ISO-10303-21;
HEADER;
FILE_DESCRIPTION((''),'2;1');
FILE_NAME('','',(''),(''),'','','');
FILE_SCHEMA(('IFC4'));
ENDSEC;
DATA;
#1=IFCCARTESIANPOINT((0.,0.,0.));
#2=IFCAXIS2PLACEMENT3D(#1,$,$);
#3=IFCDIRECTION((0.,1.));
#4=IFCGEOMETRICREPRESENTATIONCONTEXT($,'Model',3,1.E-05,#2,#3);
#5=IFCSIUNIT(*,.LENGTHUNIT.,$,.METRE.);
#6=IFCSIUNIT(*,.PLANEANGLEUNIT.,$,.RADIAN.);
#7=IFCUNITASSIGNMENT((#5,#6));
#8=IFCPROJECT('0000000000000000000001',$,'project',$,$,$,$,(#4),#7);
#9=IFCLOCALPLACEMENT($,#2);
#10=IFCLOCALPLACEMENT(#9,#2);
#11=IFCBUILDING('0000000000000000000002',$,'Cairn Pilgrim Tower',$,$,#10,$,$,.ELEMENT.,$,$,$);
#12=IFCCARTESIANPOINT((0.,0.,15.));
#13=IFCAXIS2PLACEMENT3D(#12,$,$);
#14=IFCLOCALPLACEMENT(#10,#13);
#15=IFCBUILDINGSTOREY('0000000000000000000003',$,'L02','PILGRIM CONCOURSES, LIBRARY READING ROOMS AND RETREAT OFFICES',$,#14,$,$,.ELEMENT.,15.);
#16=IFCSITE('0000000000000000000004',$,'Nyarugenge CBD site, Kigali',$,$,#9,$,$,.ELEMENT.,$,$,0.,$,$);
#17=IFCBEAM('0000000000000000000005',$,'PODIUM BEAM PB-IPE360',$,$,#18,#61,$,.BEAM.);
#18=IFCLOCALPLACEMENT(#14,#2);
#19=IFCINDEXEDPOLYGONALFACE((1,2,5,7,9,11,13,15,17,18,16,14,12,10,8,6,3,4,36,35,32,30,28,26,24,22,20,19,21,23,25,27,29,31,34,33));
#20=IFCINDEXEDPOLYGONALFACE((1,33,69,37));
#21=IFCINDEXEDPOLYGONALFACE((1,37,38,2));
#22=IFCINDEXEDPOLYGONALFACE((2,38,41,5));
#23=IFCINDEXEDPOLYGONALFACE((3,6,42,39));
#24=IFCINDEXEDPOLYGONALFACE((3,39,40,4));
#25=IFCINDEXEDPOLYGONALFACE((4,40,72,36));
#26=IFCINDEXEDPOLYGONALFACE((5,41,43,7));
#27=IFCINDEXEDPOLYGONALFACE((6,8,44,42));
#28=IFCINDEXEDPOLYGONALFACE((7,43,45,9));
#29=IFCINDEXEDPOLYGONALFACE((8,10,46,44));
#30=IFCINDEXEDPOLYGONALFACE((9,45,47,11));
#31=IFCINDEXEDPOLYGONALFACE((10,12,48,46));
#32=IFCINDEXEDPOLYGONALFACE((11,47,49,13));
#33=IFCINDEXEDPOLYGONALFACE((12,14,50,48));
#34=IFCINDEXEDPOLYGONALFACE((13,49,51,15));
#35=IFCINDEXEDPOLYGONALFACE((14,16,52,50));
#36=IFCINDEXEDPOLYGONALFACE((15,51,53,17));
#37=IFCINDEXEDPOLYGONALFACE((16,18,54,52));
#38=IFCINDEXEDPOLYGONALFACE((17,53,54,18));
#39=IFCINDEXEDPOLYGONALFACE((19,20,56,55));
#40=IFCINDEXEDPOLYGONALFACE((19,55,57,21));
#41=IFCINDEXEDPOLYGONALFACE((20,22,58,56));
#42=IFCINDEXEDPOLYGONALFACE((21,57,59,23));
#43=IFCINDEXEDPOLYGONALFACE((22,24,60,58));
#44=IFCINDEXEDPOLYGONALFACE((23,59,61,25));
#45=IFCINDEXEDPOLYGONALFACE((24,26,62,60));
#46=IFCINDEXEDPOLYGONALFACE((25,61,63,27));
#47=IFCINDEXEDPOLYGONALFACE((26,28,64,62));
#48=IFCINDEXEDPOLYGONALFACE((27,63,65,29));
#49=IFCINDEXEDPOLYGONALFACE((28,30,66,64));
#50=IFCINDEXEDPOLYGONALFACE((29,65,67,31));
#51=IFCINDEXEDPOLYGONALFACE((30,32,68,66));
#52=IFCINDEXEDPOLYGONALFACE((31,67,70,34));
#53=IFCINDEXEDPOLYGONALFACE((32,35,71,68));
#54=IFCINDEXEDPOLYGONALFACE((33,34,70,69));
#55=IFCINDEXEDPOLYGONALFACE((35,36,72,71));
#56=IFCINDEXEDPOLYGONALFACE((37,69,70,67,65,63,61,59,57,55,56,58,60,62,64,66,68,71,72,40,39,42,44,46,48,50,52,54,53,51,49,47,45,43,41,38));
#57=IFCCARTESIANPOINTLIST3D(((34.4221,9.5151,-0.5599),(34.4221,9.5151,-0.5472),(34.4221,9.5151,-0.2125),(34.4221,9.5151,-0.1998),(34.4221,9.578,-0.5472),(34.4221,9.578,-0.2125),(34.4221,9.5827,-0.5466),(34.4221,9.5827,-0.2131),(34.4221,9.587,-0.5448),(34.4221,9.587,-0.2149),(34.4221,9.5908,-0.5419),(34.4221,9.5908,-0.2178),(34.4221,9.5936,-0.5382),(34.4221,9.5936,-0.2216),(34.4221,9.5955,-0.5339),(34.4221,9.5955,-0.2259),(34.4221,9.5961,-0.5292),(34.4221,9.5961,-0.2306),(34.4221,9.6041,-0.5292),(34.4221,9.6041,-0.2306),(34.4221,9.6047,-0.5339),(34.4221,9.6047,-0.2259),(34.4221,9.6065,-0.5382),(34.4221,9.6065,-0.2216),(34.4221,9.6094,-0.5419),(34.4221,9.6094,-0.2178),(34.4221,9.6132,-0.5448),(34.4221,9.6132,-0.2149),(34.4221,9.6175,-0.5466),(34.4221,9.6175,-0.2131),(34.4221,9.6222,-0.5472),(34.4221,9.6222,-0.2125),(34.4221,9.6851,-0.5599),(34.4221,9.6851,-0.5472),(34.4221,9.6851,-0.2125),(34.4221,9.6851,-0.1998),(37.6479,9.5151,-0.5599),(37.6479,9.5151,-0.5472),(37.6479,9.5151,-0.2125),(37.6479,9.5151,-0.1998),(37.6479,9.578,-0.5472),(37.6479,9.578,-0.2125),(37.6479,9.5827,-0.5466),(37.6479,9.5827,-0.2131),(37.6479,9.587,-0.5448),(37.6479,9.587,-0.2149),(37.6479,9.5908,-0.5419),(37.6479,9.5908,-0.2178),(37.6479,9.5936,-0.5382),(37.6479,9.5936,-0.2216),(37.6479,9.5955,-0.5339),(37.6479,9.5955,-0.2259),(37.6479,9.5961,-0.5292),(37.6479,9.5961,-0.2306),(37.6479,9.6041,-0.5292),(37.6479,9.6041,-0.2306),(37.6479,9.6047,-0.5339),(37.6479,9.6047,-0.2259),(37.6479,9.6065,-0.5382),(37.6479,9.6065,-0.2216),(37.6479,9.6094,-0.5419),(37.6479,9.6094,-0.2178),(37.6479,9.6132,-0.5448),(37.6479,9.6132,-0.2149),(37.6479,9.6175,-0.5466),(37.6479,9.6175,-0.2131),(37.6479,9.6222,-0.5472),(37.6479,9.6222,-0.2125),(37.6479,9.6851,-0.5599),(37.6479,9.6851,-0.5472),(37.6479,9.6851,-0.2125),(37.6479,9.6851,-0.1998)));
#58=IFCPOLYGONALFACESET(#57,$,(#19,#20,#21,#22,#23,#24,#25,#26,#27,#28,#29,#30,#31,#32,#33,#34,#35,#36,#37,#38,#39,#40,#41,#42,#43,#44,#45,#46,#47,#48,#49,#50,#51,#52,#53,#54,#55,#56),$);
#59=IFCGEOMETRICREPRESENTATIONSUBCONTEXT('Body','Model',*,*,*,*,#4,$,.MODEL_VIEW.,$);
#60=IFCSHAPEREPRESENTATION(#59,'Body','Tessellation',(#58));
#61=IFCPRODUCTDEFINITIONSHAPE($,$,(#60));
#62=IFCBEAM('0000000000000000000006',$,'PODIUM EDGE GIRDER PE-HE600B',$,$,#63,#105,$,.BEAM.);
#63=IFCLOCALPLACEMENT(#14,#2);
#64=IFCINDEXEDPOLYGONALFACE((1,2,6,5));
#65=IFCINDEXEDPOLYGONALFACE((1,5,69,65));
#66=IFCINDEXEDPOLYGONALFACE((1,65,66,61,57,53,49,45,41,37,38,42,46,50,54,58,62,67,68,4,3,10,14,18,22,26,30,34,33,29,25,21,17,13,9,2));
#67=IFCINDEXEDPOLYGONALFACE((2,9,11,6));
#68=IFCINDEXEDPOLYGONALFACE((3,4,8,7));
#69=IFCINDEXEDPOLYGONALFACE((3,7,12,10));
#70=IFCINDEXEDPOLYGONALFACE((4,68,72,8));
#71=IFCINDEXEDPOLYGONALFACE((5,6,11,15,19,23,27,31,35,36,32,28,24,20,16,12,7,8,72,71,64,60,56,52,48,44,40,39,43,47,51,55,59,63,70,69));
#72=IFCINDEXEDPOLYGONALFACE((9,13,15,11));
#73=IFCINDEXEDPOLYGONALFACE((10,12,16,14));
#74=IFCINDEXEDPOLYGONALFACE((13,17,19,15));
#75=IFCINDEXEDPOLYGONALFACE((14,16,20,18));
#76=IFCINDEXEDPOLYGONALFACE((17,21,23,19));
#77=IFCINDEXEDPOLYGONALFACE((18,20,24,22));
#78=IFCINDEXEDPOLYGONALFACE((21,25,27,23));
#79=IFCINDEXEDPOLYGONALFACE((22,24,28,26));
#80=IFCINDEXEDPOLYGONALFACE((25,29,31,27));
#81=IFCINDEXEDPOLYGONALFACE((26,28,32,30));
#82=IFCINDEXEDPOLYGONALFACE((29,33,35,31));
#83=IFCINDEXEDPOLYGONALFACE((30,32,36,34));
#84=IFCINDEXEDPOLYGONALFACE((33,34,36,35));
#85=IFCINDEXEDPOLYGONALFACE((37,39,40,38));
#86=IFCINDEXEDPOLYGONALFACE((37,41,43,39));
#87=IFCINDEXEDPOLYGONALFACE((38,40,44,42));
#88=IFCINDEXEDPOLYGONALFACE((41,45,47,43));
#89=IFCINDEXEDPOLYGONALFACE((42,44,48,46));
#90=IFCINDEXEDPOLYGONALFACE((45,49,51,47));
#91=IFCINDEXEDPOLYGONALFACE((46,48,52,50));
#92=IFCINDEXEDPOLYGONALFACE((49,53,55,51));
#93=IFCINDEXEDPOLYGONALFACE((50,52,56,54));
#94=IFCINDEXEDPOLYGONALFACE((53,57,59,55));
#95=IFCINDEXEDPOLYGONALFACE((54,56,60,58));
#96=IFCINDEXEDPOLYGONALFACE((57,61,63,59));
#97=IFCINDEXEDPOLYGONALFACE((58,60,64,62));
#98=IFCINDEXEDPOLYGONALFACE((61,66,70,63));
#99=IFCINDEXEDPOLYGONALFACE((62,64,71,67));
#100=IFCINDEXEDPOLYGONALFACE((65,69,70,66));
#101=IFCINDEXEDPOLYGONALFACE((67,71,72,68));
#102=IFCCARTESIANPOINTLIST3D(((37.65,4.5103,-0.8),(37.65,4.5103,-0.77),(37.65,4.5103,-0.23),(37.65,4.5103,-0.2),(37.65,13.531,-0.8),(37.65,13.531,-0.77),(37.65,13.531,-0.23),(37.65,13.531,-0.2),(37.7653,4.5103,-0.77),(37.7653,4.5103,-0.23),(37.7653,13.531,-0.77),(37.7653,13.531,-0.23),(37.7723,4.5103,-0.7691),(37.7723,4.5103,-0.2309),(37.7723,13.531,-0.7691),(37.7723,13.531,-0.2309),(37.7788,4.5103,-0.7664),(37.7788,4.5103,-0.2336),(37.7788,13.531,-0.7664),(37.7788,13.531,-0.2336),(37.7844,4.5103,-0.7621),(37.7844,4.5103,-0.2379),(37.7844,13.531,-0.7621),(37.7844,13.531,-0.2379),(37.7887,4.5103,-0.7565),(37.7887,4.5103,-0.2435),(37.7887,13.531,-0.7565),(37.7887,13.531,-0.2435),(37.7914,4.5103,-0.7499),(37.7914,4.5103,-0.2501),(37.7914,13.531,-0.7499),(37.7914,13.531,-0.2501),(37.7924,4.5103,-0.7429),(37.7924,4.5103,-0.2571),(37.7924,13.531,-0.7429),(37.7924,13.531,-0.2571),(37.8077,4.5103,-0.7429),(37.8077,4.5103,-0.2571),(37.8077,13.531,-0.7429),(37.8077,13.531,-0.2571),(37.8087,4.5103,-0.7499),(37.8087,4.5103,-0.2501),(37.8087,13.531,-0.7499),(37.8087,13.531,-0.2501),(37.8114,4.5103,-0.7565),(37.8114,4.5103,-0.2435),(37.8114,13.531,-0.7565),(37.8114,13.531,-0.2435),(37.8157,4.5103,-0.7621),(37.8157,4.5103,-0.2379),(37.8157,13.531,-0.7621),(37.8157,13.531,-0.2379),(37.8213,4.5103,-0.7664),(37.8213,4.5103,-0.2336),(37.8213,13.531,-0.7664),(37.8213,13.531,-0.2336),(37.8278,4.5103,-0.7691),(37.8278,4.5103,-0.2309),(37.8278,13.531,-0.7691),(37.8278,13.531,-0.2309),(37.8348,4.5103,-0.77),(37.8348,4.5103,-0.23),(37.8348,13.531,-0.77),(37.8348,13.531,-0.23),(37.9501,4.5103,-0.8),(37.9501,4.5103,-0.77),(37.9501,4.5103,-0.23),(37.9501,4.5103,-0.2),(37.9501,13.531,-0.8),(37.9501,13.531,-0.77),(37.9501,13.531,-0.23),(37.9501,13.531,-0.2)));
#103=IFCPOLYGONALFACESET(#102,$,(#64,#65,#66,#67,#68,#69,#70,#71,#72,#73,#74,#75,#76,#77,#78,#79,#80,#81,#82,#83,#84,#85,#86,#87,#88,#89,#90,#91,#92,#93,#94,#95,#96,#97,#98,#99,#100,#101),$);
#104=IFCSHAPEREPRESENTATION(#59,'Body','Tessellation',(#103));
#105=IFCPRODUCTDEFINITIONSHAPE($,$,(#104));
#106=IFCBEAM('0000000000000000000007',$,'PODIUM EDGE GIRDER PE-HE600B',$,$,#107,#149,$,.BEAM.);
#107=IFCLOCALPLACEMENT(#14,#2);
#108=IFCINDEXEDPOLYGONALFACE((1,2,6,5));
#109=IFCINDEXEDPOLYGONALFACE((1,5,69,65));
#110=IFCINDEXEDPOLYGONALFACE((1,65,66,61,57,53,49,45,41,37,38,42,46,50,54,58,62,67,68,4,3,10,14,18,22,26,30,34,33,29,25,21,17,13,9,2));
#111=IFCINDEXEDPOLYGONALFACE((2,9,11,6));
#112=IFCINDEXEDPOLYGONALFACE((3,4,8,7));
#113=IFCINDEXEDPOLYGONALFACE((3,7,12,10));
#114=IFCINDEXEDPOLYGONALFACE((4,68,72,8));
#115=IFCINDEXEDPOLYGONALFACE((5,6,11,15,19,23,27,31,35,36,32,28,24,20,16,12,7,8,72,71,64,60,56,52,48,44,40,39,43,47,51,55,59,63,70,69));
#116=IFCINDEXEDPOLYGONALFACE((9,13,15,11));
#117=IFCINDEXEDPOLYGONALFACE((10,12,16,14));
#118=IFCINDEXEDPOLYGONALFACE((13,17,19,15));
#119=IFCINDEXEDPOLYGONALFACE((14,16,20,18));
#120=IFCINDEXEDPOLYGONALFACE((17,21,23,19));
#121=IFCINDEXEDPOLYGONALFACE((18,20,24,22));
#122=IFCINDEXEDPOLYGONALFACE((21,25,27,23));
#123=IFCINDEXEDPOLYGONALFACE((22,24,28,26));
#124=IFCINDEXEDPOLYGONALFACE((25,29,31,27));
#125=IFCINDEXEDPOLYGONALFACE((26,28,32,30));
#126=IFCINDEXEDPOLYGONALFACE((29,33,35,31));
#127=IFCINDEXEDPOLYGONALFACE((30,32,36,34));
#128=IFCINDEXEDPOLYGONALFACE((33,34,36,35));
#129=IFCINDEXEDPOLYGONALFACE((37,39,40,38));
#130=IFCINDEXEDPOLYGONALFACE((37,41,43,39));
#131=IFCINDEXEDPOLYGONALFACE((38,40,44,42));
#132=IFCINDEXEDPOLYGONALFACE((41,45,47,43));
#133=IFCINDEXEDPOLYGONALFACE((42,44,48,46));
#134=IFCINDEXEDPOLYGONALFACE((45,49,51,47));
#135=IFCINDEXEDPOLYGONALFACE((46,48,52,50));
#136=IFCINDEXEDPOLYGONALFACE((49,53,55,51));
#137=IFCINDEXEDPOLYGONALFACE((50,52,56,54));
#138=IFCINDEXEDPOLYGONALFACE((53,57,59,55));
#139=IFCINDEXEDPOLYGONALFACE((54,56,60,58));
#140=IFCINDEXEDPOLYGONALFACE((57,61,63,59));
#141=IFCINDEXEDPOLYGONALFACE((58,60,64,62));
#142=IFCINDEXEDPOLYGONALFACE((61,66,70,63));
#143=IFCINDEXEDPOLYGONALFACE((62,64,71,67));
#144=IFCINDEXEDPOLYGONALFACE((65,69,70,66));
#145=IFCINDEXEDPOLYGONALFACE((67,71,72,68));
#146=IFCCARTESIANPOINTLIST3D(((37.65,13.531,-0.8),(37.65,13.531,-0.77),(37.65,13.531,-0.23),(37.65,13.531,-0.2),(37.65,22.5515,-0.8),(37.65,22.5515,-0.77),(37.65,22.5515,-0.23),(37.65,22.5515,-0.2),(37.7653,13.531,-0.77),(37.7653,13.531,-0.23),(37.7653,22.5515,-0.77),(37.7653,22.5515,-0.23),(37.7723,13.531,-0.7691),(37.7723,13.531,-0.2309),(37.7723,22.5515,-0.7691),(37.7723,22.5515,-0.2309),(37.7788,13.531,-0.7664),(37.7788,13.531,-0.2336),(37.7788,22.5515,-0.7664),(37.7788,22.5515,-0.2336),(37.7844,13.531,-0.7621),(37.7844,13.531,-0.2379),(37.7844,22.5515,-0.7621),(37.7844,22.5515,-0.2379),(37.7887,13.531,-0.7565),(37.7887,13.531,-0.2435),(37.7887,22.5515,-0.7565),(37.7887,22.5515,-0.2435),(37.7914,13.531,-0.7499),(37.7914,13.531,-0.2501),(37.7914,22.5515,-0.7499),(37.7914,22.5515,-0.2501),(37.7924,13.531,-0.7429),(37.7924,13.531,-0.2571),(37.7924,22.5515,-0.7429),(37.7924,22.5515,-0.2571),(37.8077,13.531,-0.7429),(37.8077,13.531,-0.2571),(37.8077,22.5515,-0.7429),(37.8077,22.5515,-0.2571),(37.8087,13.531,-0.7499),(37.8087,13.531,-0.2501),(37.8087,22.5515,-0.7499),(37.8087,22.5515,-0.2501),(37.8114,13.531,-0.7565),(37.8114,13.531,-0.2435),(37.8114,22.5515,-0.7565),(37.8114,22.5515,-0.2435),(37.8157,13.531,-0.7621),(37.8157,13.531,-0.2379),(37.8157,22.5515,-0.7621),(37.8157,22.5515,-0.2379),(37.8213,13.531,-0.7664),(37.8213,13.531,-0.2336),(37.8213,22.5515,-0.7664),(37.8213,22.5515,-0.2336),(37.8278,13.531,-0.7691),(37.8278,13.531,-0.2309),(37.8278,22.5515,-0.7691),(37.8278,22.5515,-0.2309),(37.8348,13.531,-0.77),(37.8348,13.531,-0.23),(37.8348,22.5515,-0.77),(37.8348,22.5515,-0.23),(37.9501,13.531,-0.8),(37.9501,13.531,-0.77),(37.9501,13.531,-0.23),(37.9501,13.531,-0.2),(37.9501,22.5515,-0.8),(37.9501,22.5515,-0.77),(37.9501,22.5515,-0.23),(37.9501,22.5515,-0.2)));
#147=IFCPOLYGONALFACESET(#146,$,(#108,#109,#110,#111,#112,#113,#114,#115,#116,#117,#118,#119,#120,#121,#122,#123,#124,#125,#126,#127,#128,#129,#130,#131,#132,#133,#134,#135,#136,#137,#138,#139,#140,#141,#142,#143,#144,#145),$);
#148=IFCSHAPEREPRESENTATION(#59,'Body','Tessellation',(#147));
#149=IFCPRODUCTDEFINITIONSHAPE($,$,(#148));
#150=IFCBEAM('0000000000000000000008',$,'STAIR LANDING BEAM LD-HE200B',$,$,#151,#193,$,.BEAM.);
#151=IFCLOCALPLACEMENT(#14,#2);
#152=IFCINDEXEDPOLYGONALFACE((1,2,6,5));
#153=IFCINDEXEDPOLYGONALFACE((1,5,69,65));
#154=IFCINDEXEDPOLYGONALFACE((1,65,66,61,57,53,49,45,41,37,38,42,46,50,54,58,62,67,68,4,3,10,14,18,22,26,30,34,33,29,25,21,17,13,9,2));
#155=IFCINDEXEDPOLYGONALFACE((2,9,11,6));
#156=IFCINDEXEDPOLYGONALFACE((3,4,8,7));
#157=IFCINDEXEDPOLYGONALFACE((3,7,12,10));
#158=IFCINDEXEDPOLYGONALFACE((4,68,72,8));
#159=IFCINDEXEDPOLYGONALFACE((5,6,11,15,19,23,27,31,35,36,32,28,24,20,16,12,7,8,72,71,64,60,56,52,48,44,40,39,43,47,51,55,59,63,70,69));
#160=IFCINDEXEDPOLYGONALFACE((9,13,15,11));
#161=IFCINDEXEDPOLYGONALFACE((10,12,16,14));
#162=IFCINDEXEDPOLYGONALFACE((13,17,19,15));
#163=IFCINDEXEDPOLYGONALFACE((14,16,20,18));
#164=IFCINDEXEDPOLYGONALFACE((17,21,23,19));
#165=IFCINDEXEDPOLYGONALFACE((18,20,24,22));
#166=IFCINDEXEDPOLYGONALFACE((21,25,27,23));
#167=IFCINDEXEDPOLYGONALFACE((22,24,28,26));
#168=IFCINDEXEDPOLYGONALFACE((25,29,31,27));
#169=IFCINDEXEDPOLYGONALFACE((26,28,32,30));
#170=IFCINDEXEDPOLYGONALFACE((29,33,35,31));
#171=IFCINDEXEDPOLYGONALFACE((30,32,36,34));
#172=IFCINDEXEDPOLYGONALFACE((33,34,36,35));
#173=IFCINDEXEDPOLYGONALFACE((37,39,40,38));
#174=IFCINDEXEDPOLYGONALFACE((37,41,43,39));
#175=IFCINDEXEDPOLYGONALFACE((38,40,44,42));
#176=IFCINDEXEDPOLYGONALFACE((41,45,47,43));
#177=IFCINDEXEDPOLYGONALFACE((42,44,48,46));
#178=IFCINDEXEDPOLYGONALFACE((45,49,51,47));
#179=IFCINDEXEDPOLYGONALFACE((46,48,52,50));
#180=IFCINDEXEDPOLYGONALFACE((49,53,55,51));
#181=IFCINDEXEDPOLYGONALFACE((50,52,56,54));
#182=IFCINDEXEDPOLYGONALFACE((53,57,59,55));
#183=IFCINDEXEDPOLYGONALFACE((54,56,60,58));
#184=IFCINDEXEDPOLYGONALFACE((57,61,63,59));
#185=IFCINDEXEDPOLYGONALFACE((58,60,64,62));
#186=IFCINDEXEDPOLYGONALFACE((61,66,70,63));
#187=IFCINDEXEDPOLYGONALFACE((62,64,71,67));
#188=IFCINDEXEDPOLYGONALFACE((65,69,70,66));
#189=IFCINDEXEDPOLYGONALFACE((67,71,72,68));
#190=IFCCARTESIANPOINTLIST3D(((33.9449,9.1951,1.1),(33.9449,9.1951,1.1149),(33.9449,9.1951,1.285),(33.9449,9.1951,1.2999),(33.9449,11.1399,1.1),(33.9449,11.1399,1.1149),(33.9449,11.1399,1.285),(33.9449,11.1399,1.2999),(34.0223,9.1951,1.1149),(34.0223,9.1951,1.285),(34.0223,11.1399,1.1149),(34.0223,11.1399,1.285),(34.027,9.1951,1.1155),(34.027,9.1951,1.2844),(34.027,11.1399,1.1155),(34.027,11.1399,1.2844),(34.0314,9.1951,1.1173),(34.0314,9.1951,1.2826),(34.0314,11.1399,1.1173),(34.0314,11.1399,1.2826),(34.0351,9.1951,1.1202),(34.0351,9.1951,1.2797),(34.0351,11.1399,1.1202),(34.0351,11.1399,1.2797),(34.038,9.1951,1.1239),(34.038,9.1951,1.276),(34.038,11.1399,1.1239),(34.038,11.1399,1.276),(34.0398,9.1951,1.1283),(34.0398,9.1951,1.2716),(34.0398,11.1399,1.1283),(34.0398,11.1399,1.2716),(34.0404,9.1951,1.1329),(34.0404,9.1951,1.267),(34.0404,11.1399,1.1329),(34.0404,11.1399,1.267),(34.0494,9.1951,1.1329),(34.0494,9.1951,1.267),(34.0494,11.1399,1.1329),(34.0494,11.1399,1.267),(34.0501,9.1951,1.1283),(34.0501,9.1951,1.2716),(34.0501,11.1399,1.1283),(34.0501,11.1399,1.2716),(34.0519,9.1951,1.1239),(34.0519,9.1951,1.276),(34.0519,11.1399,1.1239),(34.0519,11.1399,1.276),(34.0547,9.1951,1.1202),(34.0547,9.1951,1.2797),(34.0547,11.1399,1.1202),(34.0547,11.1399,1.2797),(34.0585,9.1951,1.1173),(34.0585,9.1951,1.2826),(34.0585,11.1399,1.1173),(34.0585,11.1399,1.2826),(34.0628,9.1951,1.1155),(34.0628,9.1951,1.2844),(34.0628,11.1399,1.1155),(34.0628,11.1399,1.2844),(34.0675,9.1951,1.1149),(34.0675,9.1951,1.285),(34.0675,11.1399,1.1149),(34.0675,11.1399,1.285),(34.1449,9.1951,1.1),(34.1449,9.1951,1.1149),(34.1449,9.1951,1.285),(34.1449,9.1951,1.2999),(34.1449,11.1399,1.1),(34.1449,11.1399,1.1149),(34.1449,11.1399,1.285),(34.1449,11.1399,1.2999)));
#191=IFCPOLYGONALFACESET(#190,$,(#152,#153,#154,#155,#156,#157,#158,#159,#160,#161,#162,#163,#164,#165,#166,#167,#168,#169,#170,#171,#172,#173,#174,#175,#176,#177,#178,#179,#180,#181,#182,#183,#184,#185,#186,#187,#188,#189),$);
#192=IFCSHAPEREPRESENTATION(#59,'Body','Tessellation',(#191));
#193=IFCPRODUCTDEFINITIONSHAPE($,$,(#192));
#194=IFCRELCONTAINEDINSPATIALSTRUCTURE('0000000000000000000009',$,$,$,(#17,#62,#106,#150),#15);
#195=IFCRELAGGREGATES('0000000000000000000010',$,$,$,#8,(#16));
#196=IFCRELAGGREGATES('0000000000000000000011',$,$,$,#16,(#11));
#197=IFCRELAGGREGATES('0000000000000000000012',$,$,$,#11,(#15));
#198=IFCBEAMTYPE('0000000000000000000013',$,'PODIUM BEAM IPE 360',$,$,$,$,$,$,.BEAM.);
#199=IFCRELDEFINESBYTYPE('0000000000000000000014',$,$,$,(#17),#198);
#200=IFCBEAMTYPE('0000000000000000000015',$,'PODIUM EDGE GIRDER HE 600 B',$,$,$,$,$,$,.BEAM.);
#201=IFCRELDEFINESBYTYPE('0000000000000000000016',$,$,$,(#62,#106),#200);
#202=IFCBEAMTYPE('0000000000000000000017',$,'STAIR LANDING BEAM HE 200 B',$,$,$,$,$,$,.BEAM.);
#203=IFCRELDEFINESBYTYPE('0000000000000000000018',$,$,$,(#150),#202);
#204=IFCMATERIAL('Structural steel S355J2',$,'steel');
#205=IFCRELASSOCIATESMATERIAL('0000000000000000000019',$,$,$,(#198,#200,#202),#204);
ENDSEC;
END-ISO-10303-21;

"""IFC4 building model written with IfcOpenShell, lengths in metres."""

from ifc_helpers import new_model, si_unit, direction, frame, origin, origin_2d, place, context, subcontext, project, spatial, i_section, extrude, material, material_profile, profile_set, type_object, element, save


model = new_model("IFC4")

# Units and contexts
model_context = context("Model", 3, precision=1e-05, world=origin(), true_north=direction((0.0, 1.0)))
body_context = subcontext(model_context, "Body", "Model", "MODEL_VIEW")
ifc_project = project(units=[si_unit("LENGTHUNIT", "METRE"), si_unit("PLANEANGLEUNIT", "RADIAN")], contexts=[model_context])

# Site, building, storey
site_placement = place(None, origin())
site = spatial("IfcSite", under=ifc_project, at=site_placement, Name="Nyarugenge CBD site, Kigali", CompositionType="ELEMENT", RefElevation=0.0)
building_placement = place(site_placement, origin())
building = spatial("IfcBuilding", under=site, at=building_placement, Name="Cairn Pilgrim Tower", CompositionType="ELEMENT")
storey_placement = place(building_placement, frame((0.0, 0.0, 15.0)))
storey = spatial("IfcBuildingStorey", under=building, at=storey_placement, Name="L02", Description="PILGRIM CONCOURSES, LIBRARY READING ROOMS AND RETREAT OFFICES", CompositionType="ELEMENT", Elevation=15.0)

# Shared definitions
ifc_material_1 = material(Name="Structural steel S355J2", Category="steel")

# Beams
ifc_material_profile_1 = material_profile(ifc_material_1, i_section(OverallWidth=0.1699, OverallDepth=0.3601, WebThickness=0.0081, FlangeThickness=0.0127, FilletRadius=0.0181, at=origin_2d()), Name="IPE 360")
ifc_profile_set_1 = profile_set([ifc_material_profile_1], Name="Structural steel S355J2")
beam_type_1 = type_object("IfcBeamType", Name="PODIUM BEAM IPE 360", PredefinedType="BEAM", material=ifc_profile_set_1)
beam_1_placement = place(storey_placement, frame((34.4221, 9.6001, -0.3799), z_axis=(1.0, 0.0, 0.0), x_axis=(0.0, 1.0, 0.0)))
element("IfcBeam", 1, at=beam_1_placement, inside=storey, type_object=beam_type_1, Name="PODIUM BEAM PB-IPE360", PredefinedType="BEAM", context=body_context, shape_type="SweptSolid", body=[
    extrude(i_section(OverallWidth=0.1699, OverallDepth=0.3601, WebThickness=0.0081, FlangeThickness=0.0127, FilletRadius=0.0181, at=origin_2d()), origin(), (0.0, 0.0, 1.0), 3.2258),
])
ifc_material_profile_2 = material_profile(ifc_material_1, i_section(OverallWidth=0.3, OverallDepth=0.6001, WebThickness=0.0154, FlangeThickness=0.03, FilletRadius=0.0271, at=origin_2d()), Name="HEB 600")
ifc_profile_set_2 = profile_set([ifc_material_profile_2], Name="Structural steel S355J2")
beam_type_2 = type_object("IfcBeamType", Name="PODIUM EDGE GIRDER HE 600 B", PredefinedType="BEAM", material=ifc_profile_set_2)
beam_2_placement = place(storey_placement, frame((37.8, 4.5103, -0.5), z_axis=(0.0, 1.0, 0.0), x_axis=(-1.0, 0.0, 0.0)))
element("IfcBeam", 2, at=beam_2_placement, inside=storey, type_object=beam_type_2, Name="PODIUM EDGE GIRDER PE-HE600B", PredefinedType="BEAM", context=body_context, shape_type="SweptSolid", body=[
    extrude(i_section(OverallWidth=0.3, OverallDepth=0.6001, WebThickness=0.0154, FlangeThickness=0.03, FilletRadius=0.0271, at=origin_2d()), origin(), (0.0, 0.0, 1.0), 9.0208),
])
beam_3_placement = place(storey_placement, frame((37.8, 13.531, -0.5), z_axis=(0.0, 1.0, 0.0), x_axis=(-1.0, 0.0, 0.0)))
element("IfcBeam", 3, at=beam_3_placement, inside=storey, type_object=beam_type_2, Name="PODIUM EDGE GIRDER PE-HE600B", PredefinedType="BEAM", context=body_context, shape_type="SweptSolid", body=[
    extrude(i_section(OverallWidth=0.3, OverallDepth=0.6001, WebThickness=0.0154, FlangeThickness=0.03, FilletRadius=0.0271, at=origin_2d()), origin(), (0.0, 0.0, 1.0), 9.0205),
])
ifc_material_profile_3 = material_profile(ifc_material_1, i_section(OverallWidth=0.2, OverallDepth=0.2, WebThickness=0.009, FlangeThickness=0.0149, FilletRadius=0.0181, at=origin_2d()), Name="HE 200 B")
ifc_profile_set_3 = profile_set([ifc_material_profile_3], Name="Structural steel S355J2")
beam_type_3 = type_object("IfcBeamType", Name="STAIR LANDING BEAM HE 200 B", PredefinedType="BEAM", material=ifc_profile_set_3)
beam_4_placement = place(storey_placement, frame((34.0449, 11.1399, 1.2), z_axis=(0.0, -1.0, 0.0), x_axis=(1.0, 0.0, 0.0)))
element("IfcBeam", 4, at=beam_4_placement, inside=storey, type_object=beam_type_3, Name="STAIR LANDING BEAM LD-HE200B", PredefinedType="BEAM", context=body_context, shape_type="SweptSolid", body=[
    extrude(i_section(OverallWidth=0.2, OverallDepth=0.2, WebThickness=0.009, FlangeThickness=0.0149, FilletRadius=0.0181, at=origin_2d()), origin(), (0.0, 0.0, 1.0), 1.9448),
])

save(model, "model.ifc")
